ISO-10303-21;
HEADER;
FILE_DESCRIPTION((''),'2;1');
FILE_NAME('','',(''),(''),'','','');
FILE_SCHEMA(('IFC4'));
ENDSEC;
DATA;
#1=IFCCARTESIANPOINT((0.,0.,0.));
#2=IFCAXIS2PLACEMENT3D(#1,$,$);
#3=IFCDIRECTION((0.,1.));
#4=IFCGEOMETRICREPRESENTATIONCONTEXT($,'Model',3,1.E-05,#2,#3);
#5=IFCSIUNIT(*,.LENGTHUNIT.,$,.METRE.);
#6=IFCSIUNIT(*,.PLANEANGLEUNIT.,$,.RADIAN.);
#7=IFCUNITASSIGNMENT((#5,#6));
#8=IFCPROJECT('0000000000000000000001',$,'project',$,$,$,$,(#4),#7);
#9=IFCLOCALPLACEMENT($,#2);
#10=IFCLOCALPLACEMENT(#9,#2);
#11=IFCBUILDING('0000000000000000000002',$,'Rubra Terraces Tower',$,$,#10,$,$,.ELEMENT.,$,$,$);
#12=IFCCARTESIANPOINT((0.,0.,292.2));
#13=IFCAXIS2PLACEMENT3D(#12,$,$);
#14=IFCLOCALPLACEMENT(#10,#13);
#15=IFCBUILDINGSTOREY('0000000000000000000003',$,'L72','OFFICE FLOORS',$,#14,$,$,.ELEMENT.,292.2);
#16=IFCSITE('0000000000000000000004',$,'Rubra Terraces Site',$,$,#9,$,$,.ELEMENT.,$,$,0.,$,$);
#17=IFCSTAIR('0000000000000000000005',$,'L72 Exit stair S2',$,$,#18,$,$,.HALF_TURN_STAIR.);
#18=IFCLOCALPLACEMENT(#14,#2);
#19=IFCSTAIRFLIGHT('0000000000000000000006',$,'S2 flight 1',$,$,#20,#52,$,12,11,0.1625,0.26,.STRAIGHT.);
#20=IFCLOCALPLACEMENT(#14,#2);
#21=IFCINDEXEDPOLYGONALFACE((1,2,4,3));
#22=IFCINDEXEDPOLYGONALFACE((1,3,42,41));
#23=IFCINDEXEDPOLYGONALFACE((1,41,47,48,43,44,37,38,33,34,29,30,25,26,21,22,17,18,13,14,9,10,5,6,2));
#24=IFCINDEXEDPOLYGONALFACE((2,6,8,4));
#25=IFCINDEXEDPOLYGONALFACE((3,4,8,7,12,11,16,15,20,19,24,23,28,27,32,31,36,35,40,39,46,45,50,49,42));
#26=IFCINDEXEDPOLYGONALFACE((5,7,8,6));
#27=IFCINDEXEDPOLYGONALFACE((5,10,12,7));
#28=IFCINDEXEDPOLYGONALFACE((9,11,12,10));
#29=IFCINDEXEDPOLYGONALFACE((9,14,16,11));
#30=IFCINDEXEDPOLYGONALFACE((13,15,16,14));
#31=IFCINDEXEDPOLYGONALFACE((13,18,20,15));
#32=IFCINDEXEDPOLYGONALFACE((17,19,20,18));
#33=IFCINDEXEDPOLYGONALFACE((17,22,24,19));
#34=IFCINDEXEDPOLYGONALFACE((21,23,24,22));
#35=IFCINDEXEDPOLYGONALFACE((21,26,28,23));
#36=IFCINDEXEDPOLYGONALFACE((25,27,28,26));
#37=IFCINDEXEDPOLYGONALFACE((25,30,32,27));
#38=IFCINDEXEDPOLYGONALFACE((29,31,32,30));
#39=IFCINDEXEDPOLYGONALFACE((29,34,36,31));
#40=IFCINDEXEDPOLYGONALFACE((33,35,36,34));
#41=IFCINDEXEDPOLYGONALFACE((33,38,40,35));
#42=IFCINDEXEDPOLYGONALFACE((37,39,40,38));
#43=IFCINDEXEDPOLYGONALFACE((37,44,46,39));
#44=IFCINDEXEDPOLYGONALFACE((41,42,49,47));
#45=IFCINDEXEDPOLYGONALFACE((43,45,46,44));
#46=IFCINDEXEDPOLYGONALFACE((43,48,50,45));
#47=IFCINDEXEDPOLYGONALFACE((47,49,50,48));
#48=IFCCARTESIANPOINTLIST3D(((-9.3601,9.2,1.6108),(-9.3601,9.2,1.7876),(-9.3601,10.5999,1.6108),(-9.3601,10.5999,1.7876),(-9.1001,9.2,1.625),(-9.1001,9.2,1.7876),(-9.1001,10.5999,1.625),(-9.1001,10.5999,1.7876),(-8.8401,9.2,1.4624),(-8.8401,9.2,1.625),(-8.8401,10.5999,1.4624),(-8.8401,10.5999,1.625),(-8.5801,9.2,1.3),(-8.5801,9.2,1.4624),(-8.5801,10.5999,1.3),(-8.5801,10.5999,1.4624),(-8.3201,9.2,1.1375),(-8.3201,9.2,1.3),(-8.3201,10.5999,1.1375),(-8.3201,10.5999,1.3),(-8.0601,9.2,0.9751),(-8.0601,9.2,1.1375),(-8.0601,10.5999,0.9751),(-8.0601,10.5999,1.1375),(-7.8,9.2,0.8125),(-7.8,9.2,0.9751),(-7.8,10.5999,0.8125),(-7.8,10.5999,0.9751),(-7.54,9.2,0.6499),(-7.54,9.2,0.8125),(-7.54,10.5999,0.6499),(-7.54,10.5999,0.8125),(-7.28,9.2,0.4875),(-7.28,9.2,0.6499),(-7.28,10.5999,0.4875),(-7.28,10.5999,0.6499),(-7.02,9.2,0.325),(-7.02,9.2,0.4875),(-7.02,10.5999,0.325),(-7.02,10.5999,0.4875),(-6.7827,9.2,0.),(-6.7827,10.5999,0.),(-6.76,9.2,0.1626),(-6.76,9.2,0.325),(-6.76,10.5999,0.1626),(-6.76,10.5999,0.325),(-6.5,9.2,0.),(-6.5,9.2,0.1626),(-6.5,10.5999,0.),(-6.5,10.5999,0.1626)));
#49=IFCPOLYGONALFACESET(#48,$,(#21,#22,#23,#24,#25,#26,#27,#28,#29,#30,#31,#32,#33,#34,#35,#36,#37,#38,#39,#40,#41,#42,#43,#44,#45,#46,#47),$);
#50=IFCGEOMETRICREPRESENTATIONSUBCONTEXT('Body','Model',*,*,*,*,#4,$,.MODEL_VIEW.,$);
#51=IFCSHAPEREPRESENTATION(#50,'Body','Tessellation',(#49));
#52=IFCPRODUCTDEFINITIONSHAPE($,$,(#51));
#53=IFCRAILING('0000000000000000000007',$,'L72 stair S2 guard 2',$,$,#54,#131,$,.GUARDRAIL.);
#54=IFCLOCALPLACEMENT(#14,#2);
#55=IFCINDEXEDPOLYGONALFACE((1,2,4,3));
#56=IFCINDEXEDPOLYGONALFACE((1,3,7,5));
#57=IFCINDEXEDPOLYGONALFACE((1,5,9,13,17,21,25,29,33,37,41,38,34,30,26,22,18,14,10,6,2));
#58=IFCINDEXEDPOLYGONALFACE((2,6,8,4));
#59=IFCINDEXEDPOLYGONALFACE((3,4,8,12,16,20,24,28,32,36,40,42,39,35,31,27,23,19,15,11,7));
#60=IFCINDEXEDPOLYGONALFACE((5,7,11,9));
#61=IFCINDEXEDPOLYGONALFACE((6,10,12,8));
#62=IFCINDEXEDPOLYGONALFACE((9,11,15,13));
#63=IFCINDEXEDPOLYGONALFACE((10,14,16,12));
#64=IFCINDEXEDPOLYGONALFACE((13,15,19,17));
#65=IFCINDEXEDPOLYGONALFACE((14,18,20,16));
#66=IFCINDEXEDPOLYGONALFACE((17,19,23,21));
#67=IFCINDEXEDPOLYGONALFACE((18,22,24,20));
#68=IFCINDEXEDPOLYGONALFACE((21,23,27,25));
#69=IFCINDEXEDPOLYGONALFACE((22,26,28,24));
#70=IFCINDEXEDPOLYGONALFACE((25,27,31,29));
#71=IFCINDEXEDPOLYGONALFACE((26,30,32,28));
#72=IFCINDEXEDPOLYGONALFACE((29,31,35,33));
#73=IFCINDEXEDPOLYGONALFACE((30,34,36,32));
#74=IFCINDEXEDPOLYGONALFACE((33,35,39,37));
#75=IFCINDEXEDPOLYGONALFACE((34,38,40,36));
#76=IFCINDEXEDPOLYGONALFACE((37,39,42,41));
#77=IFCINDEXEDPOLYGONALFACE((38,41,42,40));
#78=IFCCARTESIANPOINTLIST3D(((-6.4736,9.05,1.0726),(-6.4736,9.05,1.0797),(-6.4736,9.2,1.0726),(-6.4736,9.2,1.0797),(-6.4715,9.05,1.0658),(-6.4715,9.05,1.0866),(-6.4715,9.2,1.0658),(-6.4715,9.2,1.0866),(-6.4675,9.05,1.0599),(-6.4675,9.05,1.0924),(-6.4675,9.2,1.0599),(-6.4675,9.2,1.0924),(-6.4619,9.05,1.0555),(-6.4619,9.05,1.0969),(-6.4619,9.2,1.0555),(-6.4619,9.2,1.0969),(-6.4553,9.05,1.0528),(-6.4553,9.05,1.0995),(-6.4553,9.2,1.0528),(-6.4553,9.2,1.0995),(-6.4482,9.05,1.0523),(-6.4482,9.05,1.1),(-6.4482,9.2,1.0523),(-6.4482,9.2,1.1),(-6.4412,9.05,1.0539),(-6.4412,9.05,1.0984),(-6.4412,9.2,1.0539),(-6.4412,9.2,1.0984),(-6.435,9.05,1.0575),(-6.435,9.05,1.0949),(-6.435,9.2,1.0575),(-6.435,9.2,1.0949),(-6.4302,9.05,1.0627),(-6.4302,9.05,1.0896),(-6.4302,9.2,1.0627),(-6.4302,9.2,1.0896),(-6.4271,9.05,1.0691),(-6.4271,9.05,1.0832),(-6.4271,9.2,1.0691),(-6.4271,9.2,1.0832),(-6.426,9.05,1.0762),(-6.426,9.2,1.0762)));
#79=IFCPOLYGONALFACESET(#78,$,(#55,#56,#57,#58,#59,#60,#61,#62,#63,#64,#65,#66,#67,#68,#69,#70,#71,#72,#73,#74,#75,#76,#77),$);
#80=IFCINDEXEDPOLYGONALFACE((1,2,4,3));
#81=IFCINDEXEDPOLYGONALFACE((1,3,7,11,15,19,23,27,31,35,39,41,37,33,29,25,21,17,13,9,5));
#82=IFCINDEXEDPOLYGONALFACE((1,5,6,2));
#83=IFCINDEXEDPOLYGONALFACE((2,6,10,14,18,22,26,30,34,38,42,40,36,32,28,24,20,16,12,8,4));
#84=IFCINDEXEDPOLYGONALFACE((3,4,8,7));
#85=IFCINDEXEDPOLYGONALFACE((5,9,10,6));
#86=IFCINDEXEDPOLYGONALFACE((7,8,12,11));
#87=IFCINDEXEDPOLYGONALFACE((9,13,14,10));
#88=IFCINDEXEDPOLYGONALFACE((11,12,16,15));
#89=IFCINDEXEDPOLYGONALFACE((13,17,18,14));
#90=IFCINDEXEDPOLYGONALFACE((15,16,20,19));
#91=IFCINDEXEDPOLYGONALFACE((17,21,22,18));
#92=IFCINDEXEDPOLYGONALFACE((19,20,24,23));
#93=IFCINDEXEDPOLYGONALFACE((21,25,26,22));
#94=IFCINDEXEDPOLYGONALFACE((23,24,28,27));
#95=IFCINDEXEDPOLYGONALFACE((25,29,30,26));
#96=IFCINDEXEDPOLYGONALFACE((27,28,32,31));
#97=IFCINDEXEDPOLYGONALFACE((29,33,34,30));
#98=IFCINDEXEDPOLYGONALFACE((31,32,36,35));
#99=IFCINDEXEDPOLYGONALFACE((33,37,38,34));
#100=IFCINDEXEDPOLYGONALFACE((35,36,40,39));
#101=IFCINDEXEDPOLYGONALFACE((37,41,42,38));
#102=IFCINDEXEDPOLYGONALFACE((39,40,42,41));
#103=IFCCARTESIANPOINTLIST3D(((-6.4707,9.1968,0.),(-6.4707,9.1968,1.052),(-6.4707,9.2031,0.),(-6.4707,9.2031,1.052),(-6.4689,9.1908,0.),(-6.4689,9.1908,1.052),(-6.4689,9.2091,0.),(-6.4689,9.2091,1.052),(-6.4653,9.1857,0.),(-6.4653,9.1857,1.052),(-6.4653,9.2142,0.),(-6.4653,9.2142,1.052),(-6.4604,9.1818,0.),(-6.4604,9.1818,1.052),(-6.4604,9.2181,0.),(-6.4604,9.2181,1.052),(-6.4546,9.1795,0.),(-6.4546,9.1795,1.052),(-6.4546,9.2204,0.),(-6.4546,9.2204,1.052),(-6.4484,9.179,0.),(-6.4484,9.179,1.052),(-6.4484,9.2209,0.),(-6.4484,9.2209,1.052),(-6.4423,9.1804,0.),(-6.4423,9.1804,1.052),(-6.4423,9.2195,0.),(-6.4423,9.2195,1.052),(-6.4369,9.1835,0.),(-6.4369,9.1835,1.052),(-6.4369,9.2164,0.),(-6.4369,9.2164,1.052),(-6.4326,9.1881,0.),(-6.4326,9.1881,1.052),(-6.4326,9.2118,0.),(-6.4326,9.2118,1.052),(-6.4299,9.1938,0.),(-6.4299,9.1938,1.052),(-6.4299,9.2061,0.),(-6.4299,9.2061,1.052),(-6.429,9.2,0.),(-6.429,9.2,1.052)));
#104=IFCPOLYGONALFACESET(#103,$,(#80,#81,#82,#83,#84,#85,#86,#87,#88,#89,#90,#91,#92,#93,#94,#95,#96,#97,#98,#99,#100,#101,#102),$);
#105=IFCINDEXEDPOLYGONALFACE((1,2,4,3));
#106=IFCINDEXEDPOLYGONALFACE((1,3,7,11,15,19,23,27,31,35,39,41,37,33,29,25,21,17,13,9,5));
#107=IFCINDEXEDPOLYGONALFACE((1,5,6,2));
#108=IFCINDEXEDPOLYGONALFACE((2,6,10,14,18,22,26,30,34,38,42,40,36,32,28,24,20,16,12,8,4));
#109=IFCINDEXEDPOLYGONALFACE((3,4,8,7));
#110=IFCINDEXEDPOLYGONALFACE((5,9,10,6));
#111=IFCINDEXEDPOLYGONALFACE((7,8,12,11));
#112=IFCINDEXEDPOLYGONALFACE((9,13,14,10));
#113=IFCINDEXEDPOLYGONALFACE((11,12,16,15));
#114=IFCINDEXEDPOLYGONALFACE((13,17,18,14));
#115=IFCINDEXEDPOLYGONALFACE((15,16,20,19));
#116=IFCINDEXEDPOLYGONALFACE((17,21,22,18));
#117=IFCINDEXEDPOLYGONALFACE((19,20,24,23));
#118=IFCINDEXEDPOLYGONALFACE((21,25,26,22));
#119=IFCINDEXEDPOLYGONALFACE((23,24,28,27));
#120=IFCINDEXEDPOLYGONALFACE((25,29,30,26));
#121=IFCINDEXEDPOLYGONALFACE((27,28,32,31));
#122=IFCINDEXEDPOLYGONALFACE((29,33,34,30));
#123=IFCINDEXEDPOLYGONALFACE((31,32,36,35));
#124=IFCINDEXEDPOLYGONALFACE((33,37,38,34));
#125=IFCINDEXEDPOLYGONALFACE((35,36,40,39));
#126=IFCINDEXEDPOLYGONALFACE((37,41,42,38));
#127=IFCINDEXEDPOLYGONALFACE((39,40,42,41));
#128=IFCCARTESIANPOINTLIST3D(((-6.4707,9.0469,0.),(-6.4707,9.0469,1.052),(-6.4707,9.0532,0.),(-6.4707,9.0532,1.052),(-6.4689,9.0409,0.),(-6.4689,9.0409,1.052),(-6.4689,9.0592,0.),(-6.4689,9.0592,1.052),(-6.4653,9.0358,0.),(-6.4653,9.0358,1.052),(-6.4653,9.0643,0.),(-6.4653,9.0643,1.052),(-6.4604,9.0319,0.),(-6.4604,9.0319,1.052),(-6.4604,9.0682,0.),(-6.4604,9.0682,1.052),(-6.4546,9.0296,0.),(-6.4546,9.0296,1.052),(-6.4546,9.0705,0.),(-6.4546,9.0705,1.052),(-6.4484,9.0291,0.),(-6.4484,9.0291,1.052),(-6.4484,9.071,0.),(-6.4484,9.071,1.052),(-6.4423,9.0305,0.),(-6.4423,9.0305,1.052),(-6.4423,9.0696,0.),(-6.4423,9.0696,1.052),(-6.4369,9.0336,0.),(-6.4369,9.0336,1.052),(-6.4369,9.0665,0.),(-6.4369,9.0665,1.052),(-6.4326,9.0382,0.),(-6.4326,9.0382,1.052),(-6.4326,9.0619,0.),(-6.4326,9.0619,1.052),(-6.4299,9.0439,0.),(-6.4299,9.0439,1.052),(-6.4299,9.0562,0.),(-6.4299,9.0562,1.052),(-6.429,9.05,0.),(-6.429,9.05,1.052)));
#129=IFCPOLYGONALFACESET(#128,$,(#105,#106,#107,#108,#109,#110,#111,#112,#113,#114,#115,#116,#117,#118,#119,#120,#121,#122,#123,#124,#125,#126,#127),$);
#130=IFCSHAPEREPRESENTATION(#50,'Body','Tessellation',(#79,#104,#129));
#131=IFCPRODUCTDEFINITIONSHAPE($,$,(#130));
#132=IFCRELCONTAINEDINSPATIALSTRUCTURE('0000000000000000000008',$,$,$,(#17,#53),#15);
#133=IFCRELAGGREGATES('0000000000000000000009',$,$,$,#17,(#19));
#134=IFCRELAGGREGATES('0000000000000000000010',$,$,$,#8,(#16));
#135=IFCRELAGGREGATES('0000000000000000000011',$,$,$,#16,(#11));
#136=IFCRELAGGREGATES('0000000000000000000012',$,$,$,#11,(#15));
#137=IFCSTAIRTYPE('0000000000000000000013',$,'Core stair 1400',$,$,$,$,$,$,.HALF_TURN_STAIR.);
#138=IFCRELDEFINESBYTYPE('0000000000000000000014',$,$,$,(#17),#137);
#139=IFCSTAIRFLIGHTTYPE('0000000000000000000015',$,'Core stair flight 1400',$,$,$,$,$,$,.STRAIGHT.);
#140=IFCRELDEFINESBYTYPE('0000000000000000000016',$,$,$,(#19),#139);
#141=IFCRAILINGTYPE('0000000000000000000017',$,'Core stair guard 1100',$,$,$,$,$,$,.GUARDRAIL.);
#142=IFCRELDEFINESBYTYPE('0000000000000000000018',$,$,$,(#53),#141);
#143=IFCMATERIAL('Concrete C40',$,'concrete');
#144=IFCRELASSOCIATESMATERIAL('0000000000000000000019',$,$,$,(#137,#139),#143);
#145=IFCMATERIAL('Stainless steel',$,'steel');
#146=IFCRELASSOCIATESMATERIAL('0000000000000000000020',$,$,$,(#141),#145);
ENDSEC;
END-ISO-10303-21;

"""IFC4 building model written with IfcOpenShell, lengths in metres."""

from ifc_helpers import new_model, si_unit, direction, frame, origin, origin_2d, place, context, subcontext, project, spatial, polyline, circle, outline, extrude, material, type_object, element, aggregate, save


model = new_model("IFC4")

# Units and contexts
model_context = context("Model", 3, precision=1e-05, world=origin(), true_north=direction((0.0, 1.0)))
body_context = subcontext(model_context, "Body", "Model", "MODEL_VIEW")
ifc_project = project(units=[si_unit("LENGTHUNIT", "METRE"), si_unit("PLANEANGLEUNIT", "RADIAN")], contexts=[model_context])

# Site, building, storey
site_placement = place(None, origin())
site = spatial("IfcSite", under=ifc_project, at=site_placement, Name="Rubra Terraces Site", CompositionType="ELEMENT", RefElevation=0.0)
building_placement = place(site_placement, origin())
building = spatial("IfcBuilding", under=site, at=building_placement, Name="Rubra Terraces Tower", CompositionType="ELEMENT")
storey_placement = place(building_placement, frame((0.0, 0.0, 292.2)))
storey = spatial("IfcBuildingStorey", under=building, at=storey_placement, Name="L72", Description="OFFICE FLOORS", CompositionType="ELEMENT", Elevation=292.2)

# Shared definitions
ifc_material_1 = material(Name="Concrete C40", Category="concrete")

# Stair, stair flight
stair_type = type_object("IfcStairType", Name="Core stair 1400", PredefinedType="HALF_TURN_STAIR", material=ifc_material_1)
stair_placement = place(storey_placement, origin())
stair = element("IfcStair", 1, at=stair_placement, inside=storey, type_object=stair_type, Name="L72 Exit stair S2", PredefinedType="HALF_TURN_STAIR")
stair_flight_type = type_object("IfcStairFlightType", Name="Core stair flight 1400", PredefinedType="STRAIGHT", material=ifc_material_1)
stair_flight_placement = place(storey_placement, frame((-6.5, 9.8999, 0.0), z_axis=(0.0, 0.0, 1.0), x_axis=(-1.0, 0.0, 0.0)))
stair_flight = element("IfcStairFlight", 2, at=stair_flight_placement, type_object=stair_flight_type, Name="S2 flight 1", NumberOfRisers=12, NumberOfTreads=11, PredefinedType="STRAIGHT", RiserHeight=0.1625, TreadLength=0.26, context=body_context, shape_type="SweptSolid", body=[
    extrude(outline(polyline([(0.0, 0.0), (0.0, 0.1626), (0.26, 0.1626), (0.26, 0.325), (0.52, 0.325), (0.52, 0.4875), (0.78, 0.4875), (0.78, 0.6499), (1.04, 0.6499), (1.04, 0.8125), (1.3, 0.8125), (1.3, 0.9751), (1.5601, 0.9751), (1.5601, 1.1375), (1.8201, 1.1375), (1.8201, 1.3), (2.0801, 1.3), (2.0801, 1.4624), (2.3401, 1.4624), (2.3401, 1.625), (2.6001, 1.625), (2.6001, 1.7876), (2.8601, 1.7876), (2.8601, 1.95), (2.8601, 1.6108), (0.2827, 0.0), (0.0, 0.0)])), frame((0.0, 0.7, 0.0), z_axis=(0.0, -1.0, 0.0), x_axis=(1.0, 0.0, 0.0)), (0.0, 0.0, 1.0), 1.3999),
])
aggregate(stair, [stair_flight])

# Railing
ifc_material_2 = material(Name="Stainless steel", Category="steel")
railing_type_1 = type_object("IfcRailingType", Name="Core stair guard 1100", PredefinedType="GUARDRAIL", material=ifc_material_2)
railing_1_placement = place(storey_placement, frame((-6.45, 9.2, 0.0)))
element("IfcRailing", 3, at=railing_1_placement, inside=storey, type_object=railing_type_1, Name="L72 stair S2 guard 2", PredefinedType="GUARDRAIL", context=body_context, shape_type="SweptSolid", body=[
    extrude(circle(Radius=0.0239, at=origin_2d()), frame((0.0, 0.0, 1.0762), z_axis=(0.0, -1.0, 0.0), x_axis=(1.0, 0.0, 0.0)), (0.0, 0.0, 1.0), 0.1499),
    extrude(circle(Radius=0.021, at=origin_2d()), origin(), (0.0, 0.0, 1.0), 1.052),
    extrude(circle(Radius=0.021, at=origin_2d()), frame((0.0, -0.1499, 0.0)), (0.0, 0.0, 1.0), 1.052),
])

save(model, "model.ifc")
